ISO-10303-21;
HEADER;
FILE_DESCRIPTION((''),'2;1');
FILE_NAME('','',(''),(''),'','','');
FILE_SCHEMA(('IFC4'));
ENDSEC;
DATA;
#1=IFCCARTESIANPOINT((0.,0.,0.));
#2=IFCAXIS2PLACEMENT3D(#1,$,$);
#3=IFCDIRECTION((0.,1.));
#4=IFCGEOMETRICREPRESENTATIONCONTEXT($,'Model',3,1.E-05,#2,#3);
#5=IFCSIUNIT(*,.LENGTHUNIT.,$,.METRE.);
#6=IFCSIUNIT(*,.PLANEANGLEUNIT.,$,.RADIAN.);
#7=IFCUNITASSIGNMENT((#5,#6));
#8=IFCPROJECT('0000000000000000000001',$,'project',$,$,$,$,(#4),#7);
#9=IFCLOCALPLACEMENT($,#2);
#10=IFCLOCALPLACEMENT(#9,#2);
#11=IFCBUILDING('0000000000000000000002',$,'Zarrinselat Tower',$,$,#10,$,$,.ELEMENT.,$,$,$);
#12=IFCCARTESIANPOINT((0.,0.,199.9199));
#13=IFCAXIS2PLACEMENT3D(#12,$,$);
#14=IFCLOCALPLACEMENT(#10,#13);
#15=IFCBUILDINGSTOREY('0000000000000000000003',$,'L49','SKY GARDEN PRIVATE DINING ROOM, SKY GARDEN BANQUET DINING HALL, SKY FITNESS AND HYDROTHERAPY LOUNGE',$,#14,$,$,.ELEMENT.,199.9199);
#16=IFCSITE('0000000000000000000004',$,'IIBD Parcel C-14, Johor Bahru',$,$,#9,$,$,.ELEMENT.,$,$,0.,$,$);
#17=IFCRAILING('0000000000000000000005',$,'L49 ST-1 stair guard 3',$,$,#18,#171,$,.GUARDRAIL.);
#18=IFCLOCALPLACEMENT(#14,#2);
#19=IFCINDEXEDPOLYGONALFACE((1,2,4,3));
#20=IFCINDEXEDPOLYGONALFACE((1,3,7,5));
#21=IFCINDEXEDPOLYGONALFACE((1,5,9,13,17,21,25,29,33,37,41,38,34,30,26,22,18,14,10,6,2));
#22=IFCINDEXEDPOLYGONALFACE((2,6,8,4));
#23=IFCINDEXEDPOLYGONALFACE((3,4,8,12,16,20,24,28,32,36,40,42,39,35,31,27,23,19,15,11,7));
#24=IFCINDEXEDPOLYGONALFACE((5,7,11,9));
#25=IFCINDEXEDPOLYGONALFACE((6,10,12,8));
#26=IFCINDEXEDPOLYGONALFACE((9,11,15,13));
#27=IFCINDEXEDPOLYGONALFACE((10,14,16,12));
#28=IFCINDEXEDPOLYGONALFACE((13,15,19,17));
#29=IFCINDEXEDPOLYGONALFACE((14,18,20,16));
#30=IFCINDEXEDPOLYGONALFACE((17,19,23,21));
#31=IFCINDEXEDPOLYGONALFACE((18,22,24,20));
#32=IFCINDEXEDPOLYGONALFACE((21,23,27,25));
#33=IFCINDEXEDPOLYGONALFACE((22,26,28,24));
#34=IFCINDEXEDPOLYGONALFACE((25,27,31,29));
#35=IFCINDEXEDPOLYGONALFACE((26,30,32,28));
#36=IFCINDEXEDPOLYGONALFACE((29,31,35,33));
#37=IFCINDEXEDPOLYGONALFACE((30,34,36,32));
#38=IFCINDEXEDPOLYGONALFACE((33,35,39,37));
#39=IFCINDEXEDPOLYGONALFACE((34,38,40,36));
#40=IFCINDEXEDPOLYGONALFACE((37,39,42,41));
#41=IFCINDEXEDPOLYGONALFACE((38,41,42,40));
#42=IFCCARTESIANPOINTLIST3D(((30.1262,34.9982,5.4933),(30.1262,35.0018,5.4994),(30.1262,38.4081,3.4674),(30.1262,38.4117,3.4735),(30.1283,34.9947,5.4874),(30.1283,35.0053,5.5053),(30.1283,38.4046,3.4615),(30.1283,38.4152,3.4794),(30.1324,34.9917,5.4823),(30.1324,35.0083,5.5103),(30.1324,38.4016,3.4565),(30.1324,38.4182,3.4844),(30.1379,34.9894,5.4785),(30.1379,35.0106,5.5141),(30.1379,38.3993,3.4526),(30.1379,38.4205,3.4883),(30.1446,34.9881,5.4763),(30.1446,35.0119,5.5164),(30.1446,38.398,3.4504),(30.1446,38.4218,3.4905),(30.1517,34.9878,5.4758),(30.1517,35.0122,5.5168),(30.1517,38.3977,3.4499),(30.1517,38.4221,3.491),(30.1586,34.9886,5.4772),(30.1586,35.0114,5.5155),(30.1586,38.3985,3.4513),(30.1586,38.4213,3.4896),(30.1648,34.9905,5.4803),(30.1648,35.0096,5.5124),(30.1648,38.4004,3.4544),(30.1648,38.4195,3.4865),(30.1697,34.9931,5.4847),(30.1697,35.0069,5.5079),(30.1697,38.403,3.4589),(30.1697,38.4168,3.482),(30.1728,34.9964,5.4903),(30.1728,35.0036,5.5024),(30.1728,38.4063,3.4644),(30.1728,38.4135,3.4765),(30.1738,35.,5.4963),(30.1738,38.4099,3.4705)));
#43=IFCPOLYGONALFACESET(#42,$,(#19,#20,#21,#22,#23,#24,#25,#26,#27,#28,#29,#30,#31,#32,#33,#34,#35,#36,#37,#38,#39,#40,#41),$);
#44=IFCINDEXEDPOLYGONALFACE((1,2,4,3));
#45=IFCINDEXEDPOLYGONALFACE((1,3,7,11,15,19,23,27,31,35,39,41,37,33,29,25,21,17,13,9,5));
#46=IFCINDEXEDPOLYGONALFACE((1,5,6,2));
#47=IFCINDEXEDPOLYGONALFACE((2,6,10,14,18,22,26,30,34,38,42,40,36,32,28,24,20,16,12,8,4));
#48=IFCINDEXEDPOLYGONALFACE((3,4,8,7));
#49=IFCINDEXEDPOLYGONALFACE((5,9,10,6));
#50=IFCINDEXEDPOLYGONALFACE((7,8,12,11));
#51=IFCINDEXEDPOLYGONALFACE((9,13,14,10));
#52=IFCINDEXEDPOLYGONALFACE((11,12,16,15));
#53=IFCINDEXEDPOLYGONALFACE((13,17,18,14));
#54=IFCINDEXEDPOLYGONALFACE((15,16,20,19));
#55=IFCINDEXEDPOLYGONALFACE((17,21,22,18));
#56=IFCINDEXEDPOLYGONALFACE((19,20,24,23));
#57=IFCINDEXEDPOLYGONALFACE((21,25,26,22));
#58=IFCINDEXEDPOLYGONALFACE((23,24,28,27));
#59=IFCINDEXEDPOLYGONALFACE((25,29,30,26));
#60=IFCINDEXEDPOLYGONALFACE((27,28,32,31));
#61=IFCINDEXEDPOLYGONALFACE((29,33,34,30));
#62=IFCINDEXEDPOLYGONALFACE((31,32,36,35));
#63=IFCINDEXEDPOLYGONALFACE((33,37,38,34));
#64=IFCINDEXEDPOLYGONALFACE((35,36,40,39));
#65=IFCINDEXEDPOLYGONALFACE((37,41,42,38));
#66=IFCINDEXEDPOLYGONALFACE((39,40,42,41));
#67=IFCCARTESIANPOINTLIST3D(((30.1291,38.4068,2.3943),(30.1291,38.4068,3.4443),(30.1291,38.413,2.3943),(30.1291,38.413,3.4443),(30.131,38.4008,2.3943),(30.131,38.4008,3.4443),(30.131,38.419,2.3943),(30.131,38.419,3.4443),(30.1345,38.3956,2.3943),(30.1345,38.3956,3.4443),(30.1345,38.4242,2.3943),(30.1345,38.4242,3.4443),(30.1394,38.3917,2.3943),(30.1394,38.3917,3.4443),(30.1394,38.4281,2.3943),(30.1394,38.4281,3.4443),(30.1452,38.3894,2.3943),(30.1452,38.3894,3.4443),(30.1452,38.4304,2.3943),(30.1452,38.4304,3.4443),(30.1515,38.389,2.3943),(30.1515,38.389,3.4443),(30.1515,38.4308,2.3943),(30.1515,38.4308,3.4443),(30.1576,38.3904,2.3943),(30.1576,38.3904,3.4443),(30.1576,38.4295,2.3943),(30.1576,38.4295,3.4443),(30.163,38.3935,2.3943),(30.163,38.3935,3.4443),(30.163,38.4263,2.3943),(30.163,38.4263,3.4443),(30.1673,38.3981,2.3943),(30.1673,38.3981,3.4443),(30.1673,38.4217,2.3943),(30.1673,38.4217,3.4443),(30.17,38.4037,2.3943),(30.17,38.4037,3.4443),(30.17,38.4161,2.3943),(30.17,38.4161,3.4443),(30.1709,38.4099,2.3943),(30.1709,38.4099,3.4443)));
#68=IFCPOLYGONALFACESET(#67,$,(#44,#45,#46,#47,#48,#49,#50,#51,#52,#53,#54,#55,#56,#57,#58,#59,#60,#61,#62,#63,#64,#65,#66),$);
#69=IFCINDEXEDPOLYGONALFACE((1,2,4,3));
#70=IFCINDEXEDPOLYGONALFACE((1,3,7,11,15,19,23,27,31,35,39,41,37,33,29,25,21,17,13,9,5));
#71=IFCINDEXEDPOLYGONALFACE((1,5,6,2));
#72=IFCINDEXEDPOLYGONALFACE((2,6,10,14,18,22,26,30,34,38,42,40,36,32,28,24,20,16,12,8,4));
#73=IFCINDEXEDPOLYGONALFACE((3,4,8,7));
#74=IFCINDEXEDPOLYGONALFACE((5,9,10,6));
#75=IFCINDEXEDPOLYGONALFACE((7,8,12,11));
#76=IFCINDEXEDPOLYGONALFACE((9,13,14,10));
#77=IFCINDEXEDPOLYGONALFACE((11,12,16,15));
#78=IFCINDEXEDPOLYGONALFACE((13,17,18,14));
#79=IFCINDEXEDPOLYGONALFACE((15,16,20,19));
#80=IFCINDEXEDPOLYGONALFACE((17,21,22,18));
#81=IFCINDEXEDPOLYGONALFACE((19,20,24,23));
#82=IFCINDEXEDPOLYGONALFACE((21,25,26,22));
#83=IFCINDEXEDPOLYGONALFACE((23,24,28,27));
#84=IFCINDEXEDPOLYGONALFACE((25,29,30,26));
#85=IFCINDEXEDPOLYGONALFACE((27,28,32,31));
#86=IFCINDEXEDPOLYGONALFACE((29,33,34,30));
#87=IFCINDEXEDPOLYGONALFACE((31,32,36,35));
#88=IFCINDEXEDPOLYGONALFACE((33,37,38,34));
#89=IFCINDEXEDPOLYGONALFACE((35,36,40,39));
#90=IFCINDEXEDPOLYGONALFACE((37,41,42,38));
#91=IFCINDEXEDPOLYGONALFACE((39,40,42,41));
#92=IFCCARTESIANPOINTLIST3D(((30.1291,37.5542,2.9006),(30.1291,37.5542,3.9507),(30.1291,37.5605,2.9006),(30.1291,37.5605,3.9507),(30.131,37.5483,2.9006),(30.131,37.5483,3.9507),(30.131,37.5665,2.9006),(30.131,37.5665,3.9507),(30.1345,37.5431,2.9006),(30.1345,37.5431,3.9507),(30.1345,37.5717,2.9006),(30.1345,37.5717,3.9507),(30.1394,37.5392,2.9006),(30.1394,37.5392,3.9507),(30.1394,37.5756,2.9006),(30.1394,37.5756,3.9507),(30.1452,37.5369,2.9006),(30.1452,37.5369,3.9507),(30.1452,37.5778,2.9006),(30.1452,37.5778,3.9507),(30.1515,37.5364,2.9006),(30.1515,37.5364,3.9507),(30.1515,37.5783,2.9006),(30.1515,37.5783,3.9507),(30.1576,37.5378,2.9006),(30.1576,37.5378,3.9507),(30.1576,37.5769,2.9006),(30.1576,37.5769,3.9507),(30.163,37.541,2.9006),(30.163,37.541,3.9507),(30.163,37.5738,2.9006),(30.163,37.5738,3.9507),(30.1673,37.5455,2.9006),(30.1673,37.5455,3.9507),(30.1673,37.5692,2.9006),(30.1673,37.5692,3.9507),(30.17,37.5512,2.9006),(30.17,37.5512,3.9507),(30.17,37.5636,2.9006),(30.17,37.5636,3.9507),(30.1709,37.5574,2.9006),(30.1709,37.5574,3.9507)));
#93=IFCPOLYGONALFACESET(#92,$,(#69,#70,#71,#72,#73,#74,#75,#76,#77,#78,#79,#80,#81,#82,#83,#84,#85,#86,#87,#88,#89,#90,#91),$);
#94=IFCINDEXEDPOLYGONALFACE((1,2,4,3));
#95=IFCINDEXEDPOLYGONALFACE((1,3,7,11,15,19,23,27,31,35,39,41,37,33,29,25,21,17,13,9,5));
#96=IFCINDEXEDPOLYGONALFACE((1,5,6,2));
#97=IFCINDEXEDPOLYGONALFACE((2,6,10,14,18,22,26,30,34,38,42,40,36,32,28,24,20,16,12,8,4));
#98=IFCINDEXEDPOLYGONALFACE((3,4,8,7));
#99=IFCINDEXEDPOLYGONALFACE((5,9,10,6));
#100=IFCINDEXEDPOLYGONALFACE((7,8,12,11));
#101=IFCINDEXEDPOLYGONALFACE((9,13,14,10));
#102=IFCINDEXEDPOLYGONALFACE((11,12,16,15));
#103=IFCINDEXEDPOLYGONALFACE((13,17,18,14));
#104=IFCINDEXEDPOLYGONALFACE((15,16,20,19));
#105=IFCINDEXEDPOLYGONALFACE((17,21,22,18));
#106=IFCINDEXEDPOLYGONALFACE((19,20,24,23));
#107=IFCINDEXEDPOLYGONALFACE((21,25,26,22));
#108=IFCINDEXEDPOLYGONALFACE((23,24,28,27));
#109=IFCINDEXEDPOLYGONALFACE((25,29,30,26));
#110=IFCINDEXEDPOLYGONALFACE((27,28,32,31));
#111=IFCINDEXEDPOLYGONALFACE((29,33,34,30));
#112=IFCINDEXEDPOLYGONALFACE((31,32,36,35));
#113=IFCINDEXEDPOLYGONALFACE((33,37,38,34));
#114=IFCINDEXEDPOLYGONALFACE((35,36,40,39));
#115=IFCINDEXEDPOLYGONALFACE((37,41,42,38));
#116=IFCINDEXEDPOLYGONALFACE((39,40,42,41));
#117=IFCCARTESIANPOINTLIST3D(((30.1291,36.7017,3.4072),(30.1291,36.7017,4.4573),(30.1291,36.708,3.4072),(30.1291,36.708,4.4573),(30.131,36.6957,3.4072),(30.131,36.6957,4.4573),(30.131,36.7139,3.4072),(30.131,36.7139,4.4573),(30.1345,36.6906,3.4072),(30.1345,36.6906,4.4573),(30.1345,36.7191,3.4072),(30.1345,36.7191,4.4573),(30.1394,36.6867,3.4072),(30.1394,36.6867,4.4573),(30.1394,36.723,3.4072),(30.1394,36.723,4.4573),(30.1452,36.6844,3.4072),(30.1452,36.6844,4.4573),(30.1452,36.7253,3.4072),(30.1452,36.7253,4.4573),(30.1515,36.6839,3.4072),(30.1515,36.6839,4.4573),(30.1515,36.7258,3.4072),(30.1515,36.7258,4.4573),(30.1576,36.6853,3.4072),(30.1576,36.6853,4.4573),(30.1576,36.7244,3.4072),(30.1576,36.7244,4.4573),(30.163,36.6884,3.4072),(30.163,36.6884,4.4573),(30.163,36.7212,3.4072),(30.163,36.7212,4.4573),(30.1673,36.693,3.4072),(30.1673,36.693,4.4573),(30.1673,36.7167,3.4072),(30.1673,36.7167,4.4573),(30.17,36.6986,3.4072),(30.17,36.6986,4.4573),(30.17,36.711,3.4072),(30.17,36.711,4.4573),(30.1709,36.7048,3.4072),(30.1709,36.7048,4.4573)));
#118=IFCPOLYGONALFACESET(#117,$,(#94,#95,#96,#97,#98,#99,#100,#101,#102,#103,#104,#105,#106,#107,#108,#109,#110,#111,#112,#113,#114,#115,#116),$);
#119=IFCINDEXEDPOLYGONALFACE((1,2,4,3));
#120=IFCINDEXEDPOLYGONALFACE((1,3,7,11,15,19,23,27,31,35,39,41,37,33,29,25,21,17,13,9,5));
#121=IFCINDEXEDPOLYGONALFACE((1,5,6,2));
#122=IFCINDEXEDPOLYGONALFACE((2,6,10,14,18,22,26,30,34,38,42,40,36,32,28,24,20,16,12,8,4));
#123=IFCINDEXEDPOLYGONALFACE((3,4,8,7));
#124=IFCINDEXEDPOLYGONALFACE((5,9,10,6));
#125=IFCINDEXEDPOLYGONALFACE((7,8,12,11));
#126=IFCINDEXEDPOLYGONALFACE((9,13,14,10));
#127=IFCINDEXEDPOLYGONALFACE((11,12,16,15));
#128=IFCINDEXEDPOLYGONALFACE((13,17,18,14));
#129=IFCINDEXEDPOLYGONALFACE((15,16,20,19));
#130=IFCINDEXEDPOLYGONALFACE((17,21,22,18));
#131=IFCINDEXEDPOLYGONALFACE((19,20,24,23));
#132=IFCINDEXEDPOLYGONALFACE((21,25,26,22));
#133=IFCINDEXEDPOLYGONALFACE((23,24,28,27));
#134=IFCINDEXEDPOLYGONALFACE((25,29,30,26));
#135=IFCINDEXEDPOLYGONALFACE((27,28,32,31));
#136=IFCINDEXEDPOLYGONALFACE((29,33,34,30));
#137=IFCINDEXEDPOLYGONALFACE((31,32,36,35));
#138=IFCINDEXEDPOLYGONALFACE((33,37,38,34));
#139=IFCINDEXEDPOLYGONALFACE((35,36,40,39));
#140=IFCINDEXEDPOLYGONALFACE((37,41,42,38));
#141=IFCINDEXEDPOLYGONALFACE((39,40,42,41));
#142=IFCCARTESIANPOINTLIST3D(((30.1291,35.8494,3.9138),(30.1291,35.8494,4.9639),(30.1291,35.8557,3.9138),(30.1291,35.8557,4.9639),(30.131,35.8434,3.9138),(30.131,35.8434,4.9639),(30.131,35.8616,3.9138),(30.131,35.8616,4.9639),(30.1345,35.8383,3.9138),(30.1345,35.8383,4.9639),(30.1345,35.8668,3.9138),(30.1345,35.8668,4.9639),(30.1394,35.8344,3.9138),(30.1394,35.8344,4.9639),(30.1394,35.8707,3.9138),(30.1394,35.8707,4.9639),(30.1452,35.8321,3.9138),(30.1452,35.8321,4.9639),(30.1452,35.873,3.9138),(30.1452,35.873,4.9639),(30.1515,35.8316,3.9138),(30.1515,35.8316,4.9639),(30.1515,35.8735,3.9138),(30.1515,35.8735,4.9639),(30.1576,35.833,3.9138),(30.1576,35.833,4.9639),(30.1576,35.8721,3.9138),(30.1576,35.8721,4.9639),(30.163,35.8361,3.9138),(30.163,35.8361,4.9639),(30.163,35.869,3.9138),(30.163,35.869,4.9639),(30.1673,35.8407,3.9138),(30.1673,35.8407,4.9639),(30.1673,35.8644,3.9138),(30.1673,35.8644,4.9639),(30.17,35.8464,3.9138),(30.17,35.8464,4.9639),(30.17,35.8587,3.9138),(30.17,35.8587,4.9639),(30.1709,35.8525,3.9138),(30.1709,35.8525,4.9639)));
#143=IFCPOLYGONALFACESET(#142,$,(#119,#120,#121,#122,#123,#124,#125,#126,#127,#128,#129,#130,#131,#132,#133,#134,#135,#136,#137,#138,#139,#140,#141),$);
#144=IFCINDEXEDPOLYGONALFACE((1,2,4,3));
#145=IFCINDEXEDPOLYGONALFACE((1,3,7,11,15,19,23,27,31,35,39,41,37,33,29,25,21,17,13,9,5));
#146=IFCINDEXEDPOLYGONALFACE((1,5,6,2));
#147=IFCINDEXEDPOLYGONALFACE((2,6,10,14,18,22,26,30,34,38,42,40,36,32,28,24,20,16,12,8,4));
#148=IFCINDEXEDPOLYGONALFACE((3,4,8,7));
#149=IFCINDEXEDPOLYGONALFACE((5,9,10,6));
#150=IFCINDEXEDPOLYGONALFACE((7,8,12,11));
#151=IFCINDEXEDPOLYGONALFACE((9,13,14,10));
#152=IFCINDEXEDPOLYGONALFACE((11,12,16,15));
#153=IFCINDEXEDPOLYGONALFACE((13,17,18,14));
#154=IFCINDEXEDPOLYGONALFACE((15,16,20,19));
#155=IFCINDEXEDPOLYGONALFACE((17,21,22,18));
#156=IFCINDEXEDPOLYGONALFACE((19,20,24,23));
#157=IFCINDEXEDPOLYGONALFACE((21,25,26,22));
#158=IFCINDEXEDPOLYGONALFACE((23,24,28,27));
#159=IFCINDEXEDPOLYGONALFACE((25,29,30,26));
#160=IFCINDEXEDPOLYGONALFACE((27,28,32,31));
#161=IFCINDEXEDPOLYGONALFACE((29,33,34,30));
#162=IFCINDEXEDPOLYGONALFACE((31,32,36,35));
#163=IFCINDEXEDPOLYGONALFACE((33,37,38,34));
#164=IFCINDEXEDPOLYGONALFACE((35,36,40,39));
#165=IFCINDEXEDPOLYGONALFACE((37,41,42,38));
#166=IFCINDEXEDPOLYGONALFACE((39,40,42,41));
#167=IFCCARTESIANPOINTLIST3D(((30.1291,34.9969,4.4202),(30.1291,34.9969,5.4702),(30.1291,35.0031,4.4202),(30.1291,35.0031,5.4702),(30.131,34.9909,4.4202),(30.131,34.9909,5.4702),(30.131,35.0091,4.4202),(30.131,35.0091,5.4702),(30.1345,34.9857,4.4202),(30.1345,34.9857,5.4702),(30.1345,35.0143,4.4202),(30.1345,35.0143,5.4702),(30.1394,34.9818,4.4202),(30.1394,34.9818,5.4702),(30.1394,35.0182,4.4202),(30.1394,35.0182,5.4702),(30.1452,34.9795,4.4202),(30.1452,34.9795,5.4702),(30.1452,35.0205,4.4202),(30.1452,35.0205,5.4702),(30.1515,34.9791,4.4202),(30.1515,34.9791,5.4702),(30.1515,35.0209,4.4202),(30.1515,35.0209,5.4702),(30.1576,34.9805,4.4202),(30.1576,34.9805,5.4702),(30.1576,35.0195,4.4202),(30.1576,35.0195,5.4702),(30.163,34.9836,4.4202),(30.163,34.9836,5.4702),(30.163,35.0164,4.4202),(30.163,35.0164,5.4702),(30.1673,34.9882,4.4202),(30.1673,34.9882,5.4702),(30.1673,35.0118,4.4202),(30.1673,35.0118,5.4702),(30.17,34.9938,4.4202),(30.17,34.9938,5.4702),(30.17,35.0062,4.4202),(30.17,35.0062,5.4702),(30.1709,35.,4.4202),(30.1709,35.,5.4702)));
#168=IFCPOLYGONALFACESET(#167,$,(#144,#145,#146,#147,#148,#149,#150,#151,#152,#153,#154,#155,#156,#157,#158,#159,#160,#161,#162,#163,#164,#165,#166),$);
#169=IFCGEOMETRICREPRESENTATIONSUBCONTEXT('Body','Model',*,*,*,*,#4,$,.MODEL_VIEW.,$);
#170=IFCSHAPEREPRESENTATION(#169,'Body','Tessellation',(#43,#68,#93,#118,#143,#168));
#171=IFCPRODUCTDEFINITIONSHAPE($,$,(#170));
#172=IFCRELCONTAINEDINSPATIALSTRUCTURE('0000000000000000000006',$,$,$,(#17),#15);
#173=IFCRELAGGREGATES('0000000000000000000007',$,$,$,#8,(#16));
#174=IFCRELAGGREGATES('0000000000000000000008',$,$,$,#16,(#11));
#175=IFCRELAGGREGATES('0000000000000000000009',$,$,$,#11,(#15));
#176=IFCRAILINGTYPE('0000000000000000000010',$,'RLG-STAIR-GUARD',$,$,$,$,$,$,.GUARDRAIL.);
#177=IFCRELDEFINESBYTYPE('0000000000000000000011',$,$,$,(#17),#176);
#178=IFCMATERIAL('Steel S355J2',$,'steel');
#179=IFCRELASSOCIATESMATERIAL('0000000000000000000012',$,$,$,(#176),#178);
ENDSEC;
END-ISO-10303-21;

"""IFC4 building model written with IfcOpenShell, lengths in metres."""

from ifc_helpers import new_model, si_unit, direction, frame, origin, origin_2d, place, context, subcontext, project, spatial, circle, extrude, material, type_object, element, save


model = new_model("IFC4")

# Units and contexts
model_context = context("Model", 3, precision=1e-05, world=origin(), true_north=direction((0.0, 1.0)))
body_context = subcontext(model_context, "Body", "Model", "MODEL_VIEW")
ifc_project = project(units=[si_unit("LENGTHUNIT", "METRE"), si_unit("PLANEANGLEUNIT", "RADIAN")], contexts=[model_context])

# Site, building, storey
site_placement = place(None, origin())
site = spatial("IfcSite", under=ifc_project, at=site_placement, Name="IIBD Parcel C-14, Johor Bahru", CompositionType="ELEMENT", RefElevation=0.0)
building_placement = place(site_placement, origin())
building = spatial("IfcBuilding", under=site, at=building_placement, Name="Zarrinselat Tower", CompositionType="ELEMENT")
storey_placement = place(building_placement, frame((0.0, 0.0, 199.9199)))
storey = spatial("IfcBuildingStorey", under=building, at=storey_placement, Name="L49", Description="SKY GARDEN PRIVATE DINING ROOM, SKY GARDEN BANQUET DINING HALL, SKY FITNESS AND HYDROTHERAPY LOUNGE", CompositionType="ELEMENT", Elevation=199.9199)

# Railing
ifc_material_1 = material(Name="Steel S355J2", Category="steel")
railing_type_1 = type_object("IfcRailingType", Name="RLG-STAIR-GUARD", PredefinedType="GUARDRAIL", material=ifc_material_1)
railing_1_placement = place(storey_placement, frame((30.1499, 38.4099, 2.3943)))
element("IfcRailing", 1, at=railing_1_placement, inside=storey, type_object=railing_type_1, Name="L49 ST-1 stair guard 3", PredefinedType="GUARDRAIL", context=body_context, shape_type="SweptSolid", body=[
    extrude(circle(Radius=0.0239, at=origin_2d()), frame((0.0, 0.0, 1.0762), z_axis=(0.0, -0.859717, 0.510771), x_axis=(1.0, 0.0, 0.0)), (0.0, 0.0, 1.0), 3.9663),
    extrude(circle(Radius=0.021, at=origin_2d()), origin(), (0.0, 0.0, 1.0), 1.05),
    extrude(circle(Radius=0.021, at=origin_2d()), frame((0.0, -0.8525, 0.5063)), (0.0, 0.0, 1.0), 1.05),
    extrude(circle(Radius=0.021, at=origin_2d()), frame((0.0, -1.7051, 1.0129)), (0.0, 0.0, 1.0), 1.05),
    extrude(circle(Radius=0.021, at=origin_2d()), frame((0.0, -2.5574, 1.5195)), (0.0, 0.0, 1.0), 1.05),
    extrude(circle(Radius=0.021, at=origin_2d()), frame((0.0, -3.4099, 2.0259)), (0.0, 0.0, 1.0), 1.05),
])

save(model, "model.ifc")
